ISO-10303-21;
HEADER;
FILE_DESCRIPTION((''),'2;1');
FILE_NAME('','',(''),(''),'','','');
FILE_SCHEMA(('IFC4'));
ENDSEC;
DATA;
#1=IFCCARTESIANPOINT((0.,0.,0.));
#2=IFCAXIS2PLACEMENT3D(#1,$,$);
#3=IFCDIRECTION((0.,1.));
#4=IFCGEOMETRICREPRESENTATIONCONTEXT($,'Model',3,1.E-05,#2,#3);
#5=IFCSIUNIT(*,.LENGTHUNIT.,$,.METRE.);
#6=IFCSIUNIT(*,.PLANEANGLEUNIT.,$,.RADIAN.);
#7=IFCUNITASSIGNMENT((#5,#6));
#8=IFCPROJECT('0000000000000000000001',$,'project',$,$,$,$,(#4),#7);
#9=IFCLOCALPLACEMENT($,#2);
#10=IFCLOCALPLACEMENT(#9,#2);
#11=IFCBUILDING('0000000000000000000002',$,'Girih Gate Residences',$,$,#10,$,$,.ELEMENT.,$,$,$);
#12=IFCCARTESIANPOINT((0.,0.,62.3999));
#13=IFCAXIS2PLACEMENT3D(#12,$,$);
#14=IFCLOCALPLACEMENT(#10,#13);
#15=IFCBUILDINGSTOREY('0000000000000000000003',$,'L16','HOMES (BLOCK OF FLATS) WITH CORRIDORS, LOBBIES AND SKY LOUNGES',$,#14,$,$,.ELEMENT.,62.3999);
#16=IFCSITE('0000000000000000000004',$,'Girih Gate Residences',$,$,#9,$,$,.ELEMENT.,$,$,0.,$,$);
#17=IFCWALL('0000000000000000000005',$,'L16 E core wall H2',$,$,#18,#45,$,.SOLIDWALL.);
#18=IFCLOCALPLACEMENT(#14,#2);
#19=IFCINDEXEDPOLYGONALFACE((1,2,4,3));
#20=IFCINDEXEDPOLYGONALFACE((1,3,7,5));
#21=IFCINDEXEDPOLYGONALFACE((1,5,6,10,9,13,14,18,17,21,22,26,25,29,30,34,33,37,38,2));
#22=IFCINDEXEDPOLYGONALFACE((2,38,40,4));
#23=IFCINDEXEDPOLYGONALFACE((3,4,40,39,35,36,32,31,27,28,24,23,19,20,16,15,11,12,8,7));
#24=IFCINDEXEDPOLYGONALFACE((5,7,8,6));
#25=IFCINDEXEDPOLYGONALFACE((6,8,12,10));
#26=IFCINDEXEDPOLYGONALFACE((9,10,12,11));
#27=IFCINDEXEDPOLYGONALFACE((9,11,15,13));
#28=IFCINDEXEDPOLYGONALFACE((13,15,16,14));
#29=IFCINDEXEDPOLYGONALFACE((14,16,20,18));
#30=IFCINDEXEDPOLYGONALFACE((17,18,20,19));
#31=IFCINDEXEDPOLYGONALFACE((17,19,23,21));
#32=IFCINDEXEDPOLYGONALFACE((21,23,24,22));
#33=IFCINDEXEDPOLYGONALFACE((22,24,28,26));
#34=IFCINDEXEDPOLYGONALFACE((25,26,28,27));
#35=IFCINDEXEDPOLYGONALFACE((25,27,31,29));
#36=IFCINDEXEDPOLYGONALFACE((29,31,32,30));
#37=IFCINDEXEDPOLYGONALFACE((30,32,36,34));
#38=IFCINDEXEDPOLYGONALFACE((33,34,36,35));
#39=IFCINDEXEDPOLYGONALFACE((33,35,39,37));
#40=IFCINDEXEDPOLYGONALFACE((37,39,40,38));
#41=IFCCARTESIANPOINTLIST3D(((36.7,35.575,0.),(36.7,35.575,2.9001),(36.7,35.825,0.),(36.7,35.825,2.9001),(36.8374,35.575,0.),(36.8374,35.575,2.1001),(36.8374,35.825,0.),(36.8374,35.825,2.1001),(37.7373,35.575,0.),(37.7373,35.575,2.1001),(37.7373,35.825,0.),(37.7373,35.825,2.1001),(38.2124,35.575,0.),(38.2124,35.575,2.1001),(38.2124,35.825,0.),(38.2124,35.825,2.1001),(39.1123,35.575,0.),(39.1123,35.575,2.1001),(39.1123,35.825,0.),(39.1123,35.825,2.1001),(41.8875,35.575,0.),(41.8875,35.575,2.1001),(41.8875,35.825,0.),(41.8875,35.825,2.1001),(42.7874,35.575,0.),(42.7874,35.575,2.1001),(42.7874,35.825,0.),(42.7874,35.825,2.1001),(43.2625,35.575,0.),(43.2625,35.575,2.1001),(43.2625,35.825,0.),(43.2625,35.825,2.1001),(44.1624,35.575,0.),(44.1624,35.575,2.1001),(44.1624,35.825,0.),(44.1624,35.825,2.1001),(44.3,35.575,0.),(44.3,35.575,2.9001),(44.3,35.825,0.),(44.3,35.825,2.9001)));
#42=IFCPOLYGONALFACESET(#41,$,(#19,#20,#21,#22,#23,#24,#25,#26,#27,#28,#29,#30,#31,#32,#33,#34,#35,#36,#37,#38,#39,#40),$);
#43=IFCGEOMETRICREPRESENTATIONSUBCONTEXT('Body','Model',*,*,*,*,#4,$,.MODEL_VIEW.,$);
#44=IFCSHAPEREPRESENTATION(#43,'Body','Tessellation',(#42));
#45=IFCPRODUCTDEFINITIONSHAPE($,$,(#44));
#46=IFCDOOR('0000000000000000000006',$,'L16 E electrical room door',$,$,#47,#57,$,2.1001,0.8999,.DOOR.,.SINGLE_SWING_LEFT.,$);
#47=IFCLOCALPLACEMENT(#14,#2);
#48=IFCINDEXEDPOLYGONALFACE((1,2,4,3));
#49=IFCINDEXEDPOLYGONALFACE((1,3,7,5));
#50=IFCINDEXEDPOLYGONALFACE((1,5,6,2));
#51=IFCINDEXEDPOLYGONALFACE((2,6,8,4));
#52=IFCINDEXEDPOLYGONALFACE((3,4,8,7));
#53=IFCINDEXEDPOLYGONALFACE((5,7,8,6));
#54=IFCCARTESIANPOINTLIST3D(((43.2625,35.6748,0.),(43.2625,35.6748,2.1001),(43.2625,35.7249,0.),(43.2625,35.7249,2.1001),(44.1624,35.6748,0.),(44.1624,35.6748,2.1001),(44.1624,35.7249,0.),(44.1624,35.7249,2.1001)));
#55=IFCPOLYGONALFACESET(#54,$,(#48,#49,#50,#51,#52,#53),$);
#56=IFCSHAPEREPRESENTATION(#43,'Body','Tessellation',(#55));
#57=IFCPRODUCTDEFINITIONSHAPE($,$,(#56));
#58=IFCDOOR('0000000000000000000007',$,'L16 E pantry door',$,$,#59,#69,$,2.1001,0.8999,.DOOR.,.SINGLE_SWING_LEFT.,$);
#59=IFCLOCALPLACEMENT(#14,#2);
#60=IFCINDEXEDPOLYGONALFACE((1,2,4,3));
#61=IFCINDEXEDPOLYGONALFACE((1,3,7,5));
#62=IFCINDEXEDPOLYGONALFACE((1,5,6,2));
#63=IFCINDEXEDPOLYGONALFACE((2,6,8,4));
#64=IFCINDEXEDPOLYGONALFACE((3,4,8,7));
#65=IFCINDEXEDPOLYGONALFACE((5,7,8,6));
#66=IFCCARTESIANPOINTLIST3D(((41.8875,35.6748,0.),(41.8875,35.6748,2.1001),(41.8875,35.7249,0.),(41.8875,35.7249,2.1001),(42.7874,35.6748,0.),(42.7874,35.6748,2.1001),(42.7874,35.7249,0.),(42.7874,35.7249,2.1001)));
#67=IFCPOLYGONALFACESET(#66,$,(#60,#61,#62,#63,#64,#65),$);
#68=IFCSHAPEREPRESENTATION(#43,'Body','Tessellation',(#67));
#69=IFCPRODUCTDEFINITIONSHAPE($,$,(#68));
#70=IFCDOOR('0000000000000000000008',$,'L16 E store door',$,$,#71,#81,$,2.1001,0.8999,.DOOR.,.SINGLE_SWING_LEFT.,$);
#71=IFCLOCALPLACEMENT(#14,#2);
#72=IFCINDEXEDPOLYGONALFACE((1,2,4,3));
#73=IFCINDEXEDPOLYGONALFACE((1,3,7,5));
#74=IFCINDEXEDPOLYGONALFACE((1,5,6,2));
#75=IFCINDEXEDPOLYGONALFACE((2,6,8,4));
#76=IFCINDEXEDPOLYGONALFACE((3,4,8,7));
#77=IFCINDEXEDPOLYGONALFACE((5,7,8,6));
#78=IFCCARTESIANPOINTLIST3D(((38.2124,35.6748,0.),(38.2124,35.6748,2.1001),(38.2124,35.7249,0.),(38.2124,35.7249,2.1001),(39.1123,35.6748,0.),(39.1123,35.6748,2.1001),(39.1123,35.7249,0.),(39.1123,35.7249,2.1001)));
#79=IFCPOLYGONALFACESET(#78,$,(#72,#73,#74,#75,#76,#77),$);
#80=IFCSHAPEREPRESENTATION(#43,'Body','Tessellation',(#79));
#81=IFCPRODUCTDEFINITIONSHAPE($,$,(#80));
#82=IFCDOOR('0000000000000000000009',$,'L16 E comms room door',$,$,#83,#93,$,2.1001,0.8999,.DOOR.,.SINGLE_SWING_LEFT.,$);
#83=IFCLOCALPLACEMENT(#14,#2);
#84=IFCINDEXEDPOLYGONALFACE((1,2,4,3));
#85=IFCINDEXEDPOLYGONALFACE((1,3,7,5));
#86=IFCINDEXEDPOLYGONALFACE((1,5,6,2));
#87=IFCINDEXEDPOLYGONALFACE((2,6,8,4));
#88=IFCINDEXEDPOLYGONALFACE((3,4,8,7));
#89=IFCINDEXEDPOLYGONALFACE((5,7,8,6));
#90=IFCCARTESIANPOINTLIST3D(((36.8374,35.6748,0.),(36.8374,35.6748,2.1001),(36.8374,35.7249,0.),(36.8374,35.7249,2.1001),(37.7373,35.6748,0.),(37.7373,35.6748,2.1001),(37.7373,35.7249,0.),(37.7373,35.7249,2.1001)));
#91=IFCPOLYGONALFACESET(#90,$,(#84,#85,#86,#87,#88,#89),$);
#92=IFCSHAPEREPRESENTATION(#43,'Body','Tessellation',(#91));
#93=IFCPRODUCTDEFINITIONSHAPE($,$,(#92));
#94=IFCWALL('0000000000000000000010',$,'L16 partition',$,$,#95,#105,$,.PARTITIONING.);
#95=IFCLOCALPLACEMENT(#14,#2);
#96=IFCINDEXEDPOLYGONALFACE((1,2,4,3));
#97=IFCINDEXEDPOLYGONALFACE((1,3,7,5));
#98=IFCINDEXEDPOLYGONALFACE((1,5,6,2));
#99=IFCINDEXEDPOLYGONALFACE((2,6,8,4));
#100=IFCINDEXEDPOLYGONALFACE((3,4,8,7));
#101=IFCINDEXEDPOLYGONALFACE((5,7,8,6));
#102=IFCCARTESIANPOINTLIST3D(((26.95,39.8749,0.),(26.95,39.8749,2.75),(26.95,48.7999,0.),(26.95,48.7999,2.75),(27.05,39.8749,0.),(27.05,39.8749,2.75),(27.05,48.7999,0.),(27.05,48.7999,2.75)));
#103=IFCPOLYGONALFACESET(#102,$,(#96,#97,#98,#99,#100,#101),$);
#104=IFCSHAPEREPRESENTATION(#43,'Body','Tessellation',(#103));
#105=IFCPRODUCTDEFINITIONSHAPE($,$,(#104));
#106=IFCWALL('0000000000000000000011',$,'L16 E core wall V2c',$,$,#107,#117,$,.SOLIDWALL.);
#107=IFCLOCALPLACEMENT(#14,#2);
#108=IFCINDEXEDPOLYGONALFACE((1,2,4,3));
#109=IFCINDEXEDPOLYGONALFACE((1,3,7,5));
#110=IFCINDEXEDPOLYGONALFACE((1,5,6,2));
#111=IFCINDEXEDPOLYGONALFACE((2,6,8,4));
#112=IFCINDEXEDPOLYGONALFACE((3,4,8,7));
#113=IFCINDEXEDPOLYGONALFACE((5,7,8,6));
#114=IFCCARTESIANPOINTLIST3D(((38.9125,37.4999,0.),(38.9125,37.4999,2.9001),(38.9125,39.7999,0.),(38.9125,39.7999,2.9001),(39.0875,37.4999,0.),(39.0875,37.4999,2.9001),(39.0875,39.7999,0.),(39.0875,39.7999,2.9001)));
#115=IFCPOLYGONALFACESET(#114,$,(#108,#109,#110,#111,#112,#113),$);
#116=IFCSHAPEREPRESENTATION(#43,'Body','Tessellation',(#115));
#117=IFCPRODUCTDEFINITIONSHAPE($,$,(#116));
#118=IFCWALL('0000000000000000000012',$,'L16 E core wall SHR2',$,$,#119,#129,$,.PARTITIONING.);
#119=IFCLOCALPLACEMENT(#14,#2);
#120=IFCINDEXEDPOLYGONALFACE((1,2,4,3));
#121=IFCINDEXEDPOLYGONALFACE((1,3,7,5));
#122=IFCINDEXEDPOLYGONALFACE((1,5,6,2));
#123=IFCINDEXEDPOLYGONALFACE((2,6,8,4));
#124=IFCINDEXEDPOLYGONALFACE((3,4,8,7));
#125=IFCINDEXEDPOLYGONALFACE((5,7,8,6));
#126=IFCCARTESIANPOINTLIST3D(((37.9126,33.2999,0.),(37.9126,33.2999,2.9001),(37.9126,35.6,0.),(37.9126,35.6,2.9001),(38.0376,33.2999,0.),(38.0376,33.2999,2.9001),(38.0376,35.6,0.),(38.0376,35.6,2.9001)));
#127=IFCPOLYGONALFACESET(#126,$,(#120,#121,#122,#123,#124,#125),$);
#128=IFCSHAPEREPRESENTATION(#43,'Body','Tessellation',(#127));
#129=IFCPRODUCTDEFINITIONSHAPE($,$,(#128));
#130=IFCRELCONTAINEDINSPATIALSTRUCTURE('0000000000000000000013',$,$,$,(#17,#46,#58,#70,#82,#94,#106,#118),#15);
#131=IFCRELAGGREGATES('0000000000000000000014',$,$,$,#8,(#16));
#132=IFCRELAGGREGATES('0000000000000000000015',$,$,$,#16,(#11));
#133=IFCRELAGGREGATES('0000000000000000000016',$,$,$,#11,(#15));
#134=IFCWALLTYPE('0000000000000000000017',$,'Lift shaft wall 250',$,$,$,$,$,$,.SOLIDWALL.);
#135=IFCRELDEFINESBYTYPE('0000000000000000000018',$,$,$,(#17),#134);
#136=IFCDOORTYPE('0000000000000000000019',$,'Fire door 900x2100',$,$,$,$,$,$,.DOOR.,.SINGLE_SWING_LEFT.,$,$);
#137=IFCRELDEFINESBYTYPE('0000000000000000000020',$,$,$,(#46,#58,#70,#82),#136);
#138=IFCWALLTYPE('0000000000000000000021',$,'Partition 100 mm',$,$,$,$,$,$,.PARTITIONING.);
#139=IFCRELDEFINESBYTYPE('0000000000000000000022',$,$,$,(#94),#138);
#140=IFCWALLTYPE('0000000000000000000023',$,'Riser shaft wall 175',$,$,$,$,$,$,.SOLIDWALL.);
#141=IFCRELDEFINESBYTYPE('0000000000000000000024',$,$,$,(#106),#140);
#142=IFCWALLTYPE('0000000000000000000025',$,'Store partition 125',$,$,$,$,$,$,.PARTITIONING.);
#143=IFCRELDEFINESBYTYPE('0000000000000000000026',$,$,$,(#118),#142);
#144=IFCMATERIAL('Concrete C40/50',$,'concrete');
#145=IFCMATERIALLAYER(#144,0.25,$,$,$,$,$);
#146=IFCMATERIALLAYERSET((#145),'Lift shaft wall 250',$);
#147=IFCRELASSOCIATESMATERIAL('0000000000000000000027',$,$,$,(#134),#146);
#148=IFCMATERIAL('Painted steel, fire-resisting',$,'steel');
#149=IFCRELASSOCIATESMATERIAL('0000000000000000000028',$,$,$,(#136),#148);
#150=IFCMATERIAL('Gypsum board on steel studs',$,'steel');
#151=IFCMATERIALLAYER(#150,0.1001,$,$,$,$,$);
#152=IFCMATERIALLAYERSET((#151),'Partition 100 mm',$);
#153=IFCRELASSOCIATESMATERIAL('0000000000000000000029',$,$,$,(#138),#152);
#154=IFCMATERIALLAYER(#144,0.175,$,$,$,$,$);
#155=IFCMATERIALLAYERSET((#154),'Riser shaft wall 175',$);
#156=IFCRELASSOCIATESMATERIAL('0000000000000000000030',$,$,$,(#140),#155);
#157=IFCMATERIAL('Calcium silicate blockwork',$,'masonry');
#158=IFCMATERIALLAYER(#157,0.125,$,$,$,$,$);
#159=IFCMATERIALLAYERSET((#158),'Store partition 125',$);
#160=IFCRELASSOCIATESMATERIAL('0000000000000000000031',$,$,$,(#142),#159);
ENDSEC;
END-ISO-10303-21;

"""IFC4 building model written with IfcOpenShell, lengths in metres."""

from ifc_helpers import new_model, si_unit, direction, frame, frame_2d, origin, place, context, subcontext, project, spatial, rectangle, extrude, material, layer, layer_set, type_object, element, fill, save


model = new_model("IFC4")

# Units and contexts
model_context = context("Model", 3, precision=1e-05, world=origin(), true_north=direction((0.0, 1.0)))
body_context = subcontext(model_context, "Body", "Model", "MODEL_VIEW")
ifc_project = project(units=[si_unit("LENGTHUNIT", "METRE"), si_unit("PLANEANGLEUNIT", "RADIAN")], contexts=[model_context])

# Site, building, storey
site_placement = place(None, origin())
site = spatial("IfcSite", under=ifc_project, at=site_placement, Name="Girih Gate Residences", CompositionType="ELEMENT", RefElevation=0.0)
building_placement = place(site_placement, origin())
building = spatial("IfcBuilding", under=site, at=building_placement, Name="Girih Gate Residences", CompositionType="ELEMENT")
storey_placement = place(building_placement, frame((0.0, 0.0, 62.3999)))
storey = spatial("IfcBuildingStorey", under=building, at=storey_placement, Name="L16", Description="HOMES (BLOCK OF FLATS) WITH CORRIDORS, LOBBIES AND SKY LOUNGES", CompositionType="ELEMENT", Elevation=62.3999)

# Shared definitions
ifc_material_1 = material(Name="Gypsum board on steel studs", Category="steel")

# Wall, openings, doors
ifc_material_2 = material(Name="Concrete C40/50", Category="concrete")
ifc_layer_1 = layer(ifc_material_2, 0.25)
ifc_layer_set_1 = layer_set([ifc_layer_1], Name="Lift shaft wall 250")
wall_type_1 = type_object("IfcWallType", Name="Lift shaft wall 250", PredefinedType="SOLIDWALL", material=ifc_layer_set_1)
wall_1_placement = place(storey_placement, frame((36.7, 35.7, 0.0), z_axis=(0.0, 0.0, 1.0), x_axis=(1.0, 0.0, 0.0)))
wall_1 = element("IfcWall", 1, at=wall_1_placement, inside=storey, type_object=wall_type_1, Name="L16 E core wall H2", PredefinedType="SOLIDWALL", context=body_context, shape_type="SweptSolid", body=[
    extrude(rectangle(XDim=7.6001, YDim=0.25, at=frame_2d((3.8, 0.0))), origin(), (0.0, 0.0, 1.0), 2.9001),
])
opening_1_placement = place(wall_1_placement, frame((6.5625, 0.0, 0.0)))
opening_1 = element("IfcOpeningElement", 2, at=opening_1_placement, cuts=wall_1, PredefinedType="OPENING", context=body_context, shape_type="SweptSolid", body=[
    extrude(rectangle(XDim=0.8999, YDim=2.1001, at=frame_2d((0.45, 1.05))), frame((0.0, 0.135, 0.0), z_axis=(0.0, -1.0, 0.0), x_axis=(1.0, 0.0, 0.0)), (0.0, 0.0, 1.0), 0.27),
])
opening_2_placement = place(wall_1_placement, frame((5.1875, 0.0, 0.0)))
opening_2 = element("IfcOpeningElement", 3, at=opening_2_placement, cuts=wall_1, PredefinedType="OPENING", context=body_context, shape_type="SweptSolid", body=[
    extrude(rectangle(XDim=0.8999, YDim=2.1001, at=frame_2d((0.45, 1.05))), frame((0.0, 0.135, 0.0), z_axis=(0.0, -1.0, 0.0), x_axis=(1.0, 0.0, 0.0)), (0.0, 0.0, 1.0), 0.27),
])
opening_3_placement = place(wall_1_placement, frame((1.5125, 0.0, 0.0)))
opening_3 = element("IfcOpeningElement", 4, at=opening_3_placement, cuts=wall_1, PredefinedType="OPENING", context=body_context, shape_type="SweptSolid", body=[
    extrude(rectangle(XDim=0.8999, YDim=2.1001, at=frame_2d((0.45, 1.05))), frame((0.0, 0.135, 0.0), z_axis=(0.0, -1.0, 0.0), x_axis=(1.0, 0.0, 0.0)), (0.0, 0.0, 1.0), 0.27),
])
opening_4_placement = place(wall_1_placement, frame((0.1375, 0.0, 0.0)))
opening_4 = element("IfcOpeningElement", 5, at=opening_4_placement, cuts=wall_1, PredefinedType="OPENING", context=body_context, shape_type="SweptSolid", body=[
    extrude(rectangle(XDim=0.8999, YDim=2.1001, at=frame_2d((0.45, 1.05))), frame((0.0, 0.135, 0.0), z_axis=(0.0, -1.0, 0.0), x_axis=(1.0, 0.0, 0.0)), (0.0, 0.0, 1.0), 0.27),
])
ifc_material_3 = material(Name="Painted steel, fire-resisting", Category="steel")
door_type_1 = type_object("IfcDoorType", Name="Fire door 900x2100", OperationType="SINGLE_SWING_LEFT", PredefinedType="DOOR", material=ifc_material_3)
door_1_placement = place(opening_1_placement, origin())
door_1 = element("IfcDoor", 6, at=door_1_placement, inside=storey, type_object=door_type_1, Name="L16 E electrical room door", OperationType="SINGLE_SWING_LEFT", OverallHeight=2.1001, OverallWidth=0.8999, PredefinedType="DOOR", context=body_context, shape_type="SweptSolid", body=[
    extrude(rectangle(XDim=0.8999, YDim=2.1001, at=frame_2d((0.45, 1.05))), frame((0.0, 0.0249, 0.0), z_axis=(0.0, -1.0, 0.0), x_axis=(1.0, 0.0, 0.0)), (0.0, 0.0, 1.0), 0.05),
])
fill(opening_1, door_1)
door_2_placement = place(opening_2_placement, origin())
door_2 = element("IfcDoor", 7, at=door_2_placement, inside=storey, type_object=door_type_1, Name="L16 E pantry door", OperationType="SINGLE_SWING_LEFT", OverallHeight=2.1001, OverallWidth=0.8999, PredefinedType="DOOR", context=body_context, shape_type="SweptSolid", body=[
    extrude(rectangle(XDim=0.8999, YDim=2.1001, at=frame_2d((0.45, 1.05))), frame((0.0, 0.0249, 0.0), z_axis=(0.0, -1.0, 0.0), x_axis=(1.0, 0.0, 0.0)), (0.0, 0.0, 1.0), 0.05),
])
fill(opening_2, door_2)
door_3_placement = place(opening_3_placement, origin())
door_3 = element("IfcDoor", 8, at=door_3_placement, inside=storey, type_object=door_type_1, Name="L16 E store door", OperationType="SINGLE_SWING_LEFT", OverallHeight=2.1001, OverallWidth=0.8999, PredefinedType="DOOR", context=body_context, shape_type="SweptSolid", body=[
    extrude(rectangle(XDim=0.8999, YDim=2.1001, at=frame_2d((0.45, 1.05))), frame((0.0, 0.0249, 0.0), z_axis=(0.0, -1.0, 0.0), x_axis=(1.0, 0.0, 0.0)), (0.0, 0.0, 1.0), 0.05),
])
fill(opening_3, door_3)
door_4_placement = place(opening_4_placement, origin())
door_4 = element("IfcDoor", 9, at=door_4_placement, inside=storey, type_object=door_type_1, Name="L16 E comms room door", OperationType="SINGLE_SWING_LEFT", OverallHeight=2.1001, OverallWidth=0.8999, PredefinedType="DOOR", context=body_context, shape_type="SweptSolid", body=[
    extrude(rectangle(XDim=0.8999, YDim=2.1001, at=frame_2d((0.45, 1.05))), frame((0.0, 0.0249, 0.0), z_axis=(0.0, -1.0, 0.0), x_axis=(1.0, 0.0, 0.0)), (0.0, 0.0, 1.0), 0.05),
])
fill(opening_4, door_4)

# Walls
ifc_layer_2 = layer(ifc_material_1, 0.1001)
ifc_layer_set_2 = layer_set([ifc_layer_2], Name="Partition 100 mm")
wall_type_2 = type_object("IfcWallType", Name="Partition 100 mm", PredefinedType="PARTITIONING", material=ifc_layer_set_2)
wall_2_placement = place(storey_placement, frame((27.0, 39.875, 0.0), z_axis=(0.0, 0.0, 1.0), x_axis=(0.0, 1.0, 0.0)))
element("IfcWall", 10, at=wall_2_placement, inside=storey, type_object=wall_type_2, Name="L16 partition", PredefinedType="PARTITIONING", context=body_context, shape_type="SweptSolid", body=[
    extrude(rectangle(XDim=8.925, YDim=0.1001, at=frame_2d((4.4624, 0.0))), origin(), (0.0, 0.0, 1.0), 2.75),
])
ifc_layer_3 = layer(ifc_material_2, 0.175)
ifc_layer_set_3 = layer_set([ifc_layer_3], Name="Riser shaft wall 175")
wall_type_3 = type_object("IfcWallType", Name="Riser shaft wall 175", PredefinedType="SOLIDWALL", material=ifc_layer_set_3)
wall_3_placement = place(storey_placement, frame((39.0, 37.5, 0.0), z_axis=(0.0, 0.0, 1.0), x_axis=(0.0, 1.0, 0.0)))
element("IfcWall", 11, at=wall_3_placement, inside=storey, type_object=wall_type_3, Name="L16 E core wall V2c", PredefinedType="SOLIDWALL", context=body_context, shape_type="SweptSolid", body=[
    extrude(rectangle(XDim=2.3, YDim=0.175, at=frame_2d((1.1499, 0.0))), origin(), (0.0, 0.0, 1.0), 2.9001),
])
ifc_material_4 = material(Name="Calcium silicate blockwork", Category="masonry")
ifc_layer_4 = layer(ifc_material_4, 0.125)
ifc_layer_set_4 = layer_set([ifc_layer_4], Name="Store partition 125")
wall_type_4 = type_object("IfcWallType", Name="Store partition 125", PredefinedType="PARTITIONING", material=ifc_layer_set_4)
wall_4_placement = place(storey_placement, frame((37.9751, 33.3, 0.0), z_axis=(0.0, 0.0, 1.0), x_axis=(0.0, 1.0, 0.0)))
element("IfcWall", 12, at=wall_4_placement, inside=storey, type_object=wall_type_4, Name="L16 E core wall SHR2", PredefinedType="PARTITIONING", context=body_context, shape_type="SweptSolid", body=[
    extrude(rectangle(XDim=2.3, YDim=0.125, at=frame_2d((1.1499, 0.0))), origin(), (0.0, 0.0, 1.0), 2.9001),
])

save(model, "model.ifc")
